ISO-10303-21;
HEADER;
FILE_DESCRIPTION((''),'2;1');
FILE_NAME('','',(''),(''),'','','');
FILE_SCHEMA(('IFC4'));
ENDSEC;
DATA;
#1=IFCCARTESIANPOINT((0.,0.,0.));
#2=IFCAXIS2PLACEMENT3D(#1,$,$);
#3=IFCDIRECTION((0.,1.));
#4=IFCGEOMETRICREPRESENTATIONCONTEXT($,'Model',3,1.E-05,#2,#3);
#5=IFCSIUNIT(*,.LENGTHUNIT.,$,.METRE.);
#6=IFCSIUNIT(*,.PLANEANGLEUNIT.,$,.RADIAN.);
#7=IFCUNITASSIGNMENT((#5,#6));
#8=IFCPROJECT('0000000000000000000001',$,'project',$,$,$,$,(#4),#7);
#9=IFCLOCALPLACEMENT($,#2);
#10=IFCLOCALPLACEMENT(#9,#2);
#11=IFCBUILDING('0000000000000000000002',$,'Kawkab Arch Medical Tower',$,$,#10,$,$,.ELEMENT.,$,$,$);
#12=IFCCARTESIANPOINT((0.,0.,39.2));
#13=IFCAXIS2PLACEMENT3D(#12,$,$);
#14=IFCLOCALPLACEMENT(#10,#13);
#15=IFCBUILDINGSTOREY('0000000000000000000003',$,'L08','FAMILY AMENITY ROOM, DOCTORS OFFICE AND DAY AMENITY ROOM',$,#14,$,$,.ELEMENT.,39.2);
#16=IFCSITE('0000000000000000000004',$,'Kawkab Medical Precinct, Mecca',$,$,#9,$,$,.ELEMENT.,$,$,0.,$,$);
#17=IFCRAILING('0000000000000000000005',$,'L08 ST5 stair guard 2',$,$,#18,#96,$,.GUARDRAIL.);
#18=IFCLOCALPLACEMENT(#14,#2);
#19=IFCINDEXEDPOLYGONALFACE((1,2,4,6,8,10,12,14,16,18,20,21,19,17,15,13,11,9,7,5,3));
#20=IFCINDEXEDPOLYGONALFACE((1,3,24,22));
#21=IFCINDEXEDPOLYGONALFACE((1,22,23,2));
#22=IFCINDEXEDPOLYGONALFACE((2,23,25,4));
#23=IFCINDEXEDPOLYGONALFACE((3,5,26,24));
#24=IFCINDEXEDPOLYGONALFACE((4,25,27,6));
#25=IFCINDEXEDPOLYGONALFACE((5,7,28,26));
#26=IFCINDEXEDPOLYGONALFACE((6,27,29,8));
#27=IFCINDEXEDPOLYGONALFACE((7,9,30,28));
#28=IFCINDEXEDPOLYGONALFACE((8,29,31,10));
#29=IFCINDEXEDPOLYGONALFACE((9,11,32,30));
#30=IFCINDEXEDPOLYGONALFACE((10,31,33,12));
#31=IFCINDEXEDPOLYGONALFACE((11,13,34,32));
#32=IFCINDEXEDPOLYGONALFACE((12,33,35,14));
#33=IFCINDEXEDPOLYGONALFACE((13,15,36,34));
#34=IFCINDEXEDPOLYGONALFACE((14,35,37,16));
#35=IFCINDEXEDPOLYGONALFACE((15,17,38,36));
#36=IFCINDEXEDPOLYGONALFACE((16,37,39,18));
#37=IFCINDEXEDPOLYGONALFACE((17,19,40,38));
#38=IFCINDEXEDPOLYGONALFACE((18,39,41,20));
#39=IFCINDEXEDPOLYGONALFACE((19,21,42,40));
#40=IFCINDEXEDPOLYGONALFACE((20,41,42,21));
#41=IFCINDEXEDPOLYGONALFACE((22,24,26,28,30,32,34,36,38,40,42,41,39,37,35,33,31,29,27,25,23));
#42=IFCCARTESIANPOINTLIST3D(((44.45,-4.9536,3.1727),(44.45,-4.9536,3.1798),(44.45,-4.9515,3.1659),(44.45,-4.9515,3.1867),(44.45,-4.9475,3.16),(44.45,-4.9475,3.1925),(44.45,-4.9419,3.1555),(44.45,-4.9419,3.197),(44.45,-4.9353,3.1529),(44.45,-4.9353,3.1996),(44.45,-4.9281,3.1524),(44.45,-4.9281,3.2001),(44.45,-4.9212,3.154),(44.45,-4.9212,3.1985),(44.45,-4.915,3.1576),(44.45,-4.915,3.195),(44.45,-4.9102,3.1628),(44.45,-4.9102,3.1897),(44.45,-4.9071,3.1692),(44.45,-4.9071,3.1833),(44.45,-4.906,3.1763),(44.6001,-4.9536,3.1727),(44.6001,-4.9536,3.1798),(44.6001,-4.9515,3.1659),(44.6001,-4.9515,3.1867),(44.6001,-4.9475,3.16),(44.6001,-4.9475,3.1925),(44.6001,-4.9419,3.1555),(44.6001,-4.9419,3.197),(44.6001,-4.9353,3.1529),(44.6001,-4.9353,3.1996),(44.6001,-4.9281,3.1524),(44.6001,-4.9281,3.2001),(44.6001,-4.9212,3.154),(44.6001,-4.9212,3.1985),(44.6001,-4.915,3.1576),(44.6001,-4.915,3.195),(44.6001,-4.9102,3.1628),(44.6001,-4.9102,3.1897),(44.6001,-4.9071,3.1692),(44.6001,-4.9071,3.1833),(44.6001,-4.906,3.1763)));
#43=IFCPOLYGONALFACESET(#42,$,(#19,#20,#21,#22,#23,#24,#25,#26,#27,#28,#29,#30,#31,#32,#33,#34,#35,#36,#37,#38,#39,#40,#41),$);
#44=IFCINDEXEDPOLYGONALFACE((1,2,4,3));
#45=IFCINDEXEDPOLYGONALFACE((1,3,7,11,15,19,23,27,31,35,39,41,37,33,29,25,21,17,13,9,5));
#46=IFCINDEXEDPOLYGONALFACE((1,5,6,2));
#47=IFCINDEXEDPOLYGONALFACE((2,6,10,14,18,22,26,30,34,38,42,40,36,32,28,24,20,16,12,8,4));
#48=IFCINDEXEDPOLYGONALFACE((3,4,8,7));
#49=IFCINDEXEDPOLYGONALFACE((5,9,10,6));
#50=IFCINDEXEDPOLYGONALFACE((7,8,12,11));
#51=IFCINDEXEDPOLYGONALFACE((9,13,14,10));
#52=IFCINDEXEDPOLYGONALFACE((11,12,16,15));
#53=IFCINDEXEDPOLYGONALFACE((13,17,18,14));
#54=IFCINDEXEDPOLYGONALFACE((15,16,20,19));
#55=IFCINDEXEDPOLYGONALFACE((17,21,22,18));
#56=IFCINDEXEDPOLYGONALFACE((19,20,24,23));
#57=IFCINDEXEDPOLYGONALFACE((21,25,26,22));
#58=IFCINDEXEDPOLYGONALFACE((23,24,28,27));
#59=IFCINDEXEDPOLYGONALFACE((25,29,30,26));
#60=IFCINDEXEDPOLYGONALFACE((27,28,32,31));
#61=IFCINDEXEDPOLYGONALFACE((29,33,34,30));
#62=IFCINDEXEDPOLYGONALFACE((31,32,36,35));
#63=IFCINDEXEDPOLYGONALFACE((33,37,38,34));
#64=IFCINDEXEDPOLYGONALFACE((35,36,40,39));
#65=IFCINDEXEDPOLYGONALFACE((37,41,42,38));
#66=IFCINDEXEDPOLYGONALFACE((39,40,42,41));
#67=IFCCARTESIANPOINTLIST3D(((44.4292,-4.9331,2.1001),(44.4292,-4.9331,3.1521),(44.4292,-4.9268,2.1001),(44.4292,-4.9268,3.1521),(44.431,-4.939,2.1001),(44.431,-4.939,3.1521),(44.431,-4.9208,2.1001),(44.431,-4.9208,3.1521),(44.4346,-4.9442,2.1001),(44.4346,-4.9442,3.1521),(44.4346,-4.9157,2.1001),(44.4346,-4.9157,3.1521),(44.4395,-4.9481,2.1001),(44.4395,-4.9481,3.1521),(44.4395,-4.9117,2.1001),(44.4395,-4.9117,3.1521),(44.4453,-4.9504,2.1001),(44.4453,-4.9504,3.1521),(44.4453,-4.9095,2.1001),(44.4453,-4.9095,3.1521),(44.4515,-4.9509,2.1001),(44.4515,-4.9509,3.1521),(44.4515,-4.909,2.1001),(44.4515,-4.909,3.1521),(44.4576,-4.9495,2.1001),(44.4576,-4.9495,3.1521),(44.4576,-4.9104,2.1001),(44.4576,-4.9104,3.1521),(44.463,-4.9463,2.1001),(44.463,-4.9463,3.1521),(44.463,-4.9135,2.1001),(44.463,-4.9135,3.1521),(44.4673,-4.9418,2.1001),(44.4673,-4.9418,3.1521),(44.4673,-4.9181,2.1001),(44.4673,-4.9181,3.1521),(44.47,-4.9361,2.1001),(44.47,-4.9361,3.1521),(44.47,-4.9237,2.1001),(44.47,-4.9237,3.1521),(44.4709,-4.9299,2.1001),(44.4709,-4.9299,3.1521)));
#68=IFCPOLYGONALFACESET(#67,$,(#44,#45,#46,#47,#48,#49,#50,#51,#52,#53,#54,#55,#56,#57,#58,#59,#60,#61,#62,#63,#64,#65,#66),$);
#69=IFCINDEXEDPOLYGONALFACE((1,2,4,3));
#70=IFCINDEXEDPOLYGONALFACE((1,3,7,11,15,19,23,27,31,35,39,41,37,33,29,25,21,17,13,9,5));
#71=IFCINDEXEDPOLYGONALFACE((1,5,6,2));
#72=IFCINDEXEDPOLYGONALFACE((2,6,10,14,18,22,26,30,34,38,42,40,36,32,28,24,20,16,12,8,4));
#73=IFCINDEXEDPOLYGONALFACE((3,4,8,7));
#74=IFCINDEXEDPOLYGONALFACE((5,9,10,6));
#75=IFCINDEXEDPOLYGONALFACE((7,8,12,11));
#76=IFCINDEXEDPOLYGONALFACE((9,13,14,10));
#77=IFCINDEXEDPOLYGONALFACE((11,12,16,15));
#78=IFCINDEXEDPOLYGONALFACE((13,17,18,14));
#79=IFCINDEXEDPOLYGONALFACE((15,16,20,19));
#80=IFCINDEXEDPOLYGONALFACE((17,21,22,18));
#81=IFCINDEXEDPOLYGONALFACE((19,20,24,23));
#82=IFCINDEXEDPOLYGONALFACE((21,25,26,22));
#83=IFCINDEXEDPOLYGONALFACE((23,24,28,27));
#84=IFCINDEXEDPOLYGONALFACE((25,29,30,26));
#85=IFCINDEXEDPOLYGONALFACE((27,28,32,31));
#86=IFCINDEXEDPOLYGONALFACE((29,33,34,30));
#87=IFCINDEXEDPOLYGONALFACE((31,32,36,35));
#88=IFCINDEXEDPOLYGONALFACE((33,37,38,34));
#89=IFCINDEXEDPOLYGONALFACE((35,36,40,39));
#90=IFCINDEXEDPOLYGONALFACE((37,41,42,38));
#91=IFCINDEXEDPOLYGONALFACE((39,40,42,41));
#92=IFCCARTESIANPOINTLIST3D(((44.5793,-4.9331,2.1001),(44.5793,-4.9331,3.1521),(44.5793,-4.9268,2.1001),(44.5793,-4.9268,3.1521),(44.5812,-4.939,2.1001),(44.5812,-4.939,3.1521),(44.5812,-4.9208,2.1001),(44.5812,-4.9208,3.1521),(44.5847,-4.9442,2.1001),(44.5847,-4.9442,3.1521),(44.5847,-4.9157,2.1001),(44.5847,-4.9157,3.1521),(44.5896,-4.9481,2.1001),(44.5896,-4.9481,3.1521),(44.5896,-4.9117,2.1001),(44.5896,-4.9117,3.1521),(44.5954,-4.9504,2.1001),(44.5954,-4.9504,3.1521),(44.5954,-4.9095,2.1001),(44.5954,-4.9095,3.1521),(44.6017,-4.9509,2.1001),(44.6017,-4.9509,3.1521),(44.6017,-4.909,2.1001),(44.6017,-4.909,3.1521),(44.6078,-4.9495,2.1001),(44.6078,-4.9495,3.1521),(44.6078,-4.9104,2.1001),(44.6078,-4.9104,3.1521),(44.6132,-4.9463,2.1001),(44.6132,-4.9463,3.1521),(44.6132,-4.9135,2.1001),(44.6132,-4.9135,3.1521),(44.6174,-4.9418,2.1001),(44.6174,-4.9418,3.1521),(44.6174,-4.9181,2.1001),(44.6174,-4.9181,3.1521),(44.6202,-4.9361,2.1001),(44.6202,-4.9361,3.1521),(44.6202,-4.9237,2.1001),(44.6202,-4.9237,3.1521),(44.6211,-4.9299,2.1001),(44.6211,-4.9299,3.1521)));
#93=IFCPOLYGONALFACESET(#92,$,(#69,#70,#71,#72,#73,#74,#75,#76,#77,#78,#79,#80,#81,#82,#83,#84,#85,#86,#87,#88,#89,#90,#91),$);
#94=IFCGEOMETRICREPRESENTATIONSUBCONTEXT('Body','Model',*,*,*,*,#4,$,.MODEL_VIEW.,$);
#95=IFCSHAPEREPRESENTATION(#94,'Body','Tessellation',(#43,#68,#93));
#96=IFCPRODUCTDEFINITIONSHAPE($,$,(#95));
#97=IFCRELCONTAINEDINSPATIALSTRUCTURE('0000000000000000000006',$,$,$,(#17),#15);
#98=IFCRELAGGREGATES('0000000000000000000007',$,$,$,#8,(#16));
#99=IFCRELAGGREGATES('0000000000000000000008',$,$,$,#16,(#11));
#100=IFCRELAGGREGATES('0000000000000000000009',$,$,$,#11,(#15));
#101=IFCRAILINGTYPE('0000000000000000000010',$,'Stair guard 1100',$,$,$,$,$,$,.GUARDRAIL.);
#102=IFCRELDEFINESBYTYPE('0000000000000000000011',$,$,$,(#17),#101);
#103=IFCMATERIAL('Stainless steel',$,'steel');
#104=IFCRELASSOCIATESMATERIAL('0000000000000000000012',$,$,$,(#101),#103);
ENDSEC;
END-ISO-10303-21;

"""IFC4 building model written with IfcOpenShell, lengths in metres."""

from ifc_helpers import new_model, si_unit, direction, frame, origin, origin_2d, place, context, subcontext, project, spatial, circle, extrude, material, type_object, element, save


model = new_model("IFC4")

# Units and contexts
model_context = context("Model", 3, precision=1e-05, world=origin(), true_north=direction((0.0, 1.0)))
body_context = subcontext(model_context, "Body", "Model", "MODEL_VIEW")
ifc_project = project(units=[si_unit("LENGTHUNIT", "METRE"), si_unit("PLANEANGLEUNIT", "RADIAN")], contexts=[model_context])

# Site, building, storey
site_placement = place(None, origin())
site = spatial("IfcSite", under=ifc_project, at=site_placement, Name="Kawkab Medical Precinct, Mecca", CompositionType="ELEMENT", RefElevation=0.0)
building_placement = place(site_placement, origin())
building = spatial("IfcBuilding", under=site, at=building_placement, Name="Kawkab Arch Medical Tower", CompositionType="ELEMENT")
storey_placement = place(building_placement, frame((0.0, 0.0, 39.2)))
storey = spatial("IfcBuildingStorey", under=building, at=storey_placement, Name="L08", Description="FAMILY AMENITY ROOM, DOCTORS OFFICE AND DAY AMENITY ROOM", CompositionType="ELEMENT", Elevation=39.2)

# Railing
ifc_material_1 = material(Name="Stainless steel", Category="steel")
railing_type = type_object("IfcRailingType", Name="Stair guard 1100", PredefinedType="GUARDRAIL", material=ifc_material_1)
railing_1_placement = place(storey_placement, frame((44.45, -4.9299, 2.1001)))
element("IfcRailing", 1, at=railing_1_placement, inside=storey, type_object=railing_type, Name="L08 ST5 stair guard 2", PredefinedType="GUARDRAIL", context=body_context, shape_type="SweptSolid", body=[
    extrude(circle(Radius=0.0239, at=origin_2d()), frame((0.0, 0.0, 1.0762), z_axis=(1.0, 0.0, 0.0), x_axis=(0.0, 1.0, 0.0)), (0.0, 0.0, 1.0), 0.1501),
    extrude(circle(Radius=0.021, at=origin_2d()), origin(), (0.0, 0.0, 1.0), 1.052),
    extrude(circle(Radius=0.021, at=origin_2d()), frame((0.1501, 0.0, 0.0)), (0.0, 0.0, 1.0), 1.052),
])

save(model, "model.ifc")
